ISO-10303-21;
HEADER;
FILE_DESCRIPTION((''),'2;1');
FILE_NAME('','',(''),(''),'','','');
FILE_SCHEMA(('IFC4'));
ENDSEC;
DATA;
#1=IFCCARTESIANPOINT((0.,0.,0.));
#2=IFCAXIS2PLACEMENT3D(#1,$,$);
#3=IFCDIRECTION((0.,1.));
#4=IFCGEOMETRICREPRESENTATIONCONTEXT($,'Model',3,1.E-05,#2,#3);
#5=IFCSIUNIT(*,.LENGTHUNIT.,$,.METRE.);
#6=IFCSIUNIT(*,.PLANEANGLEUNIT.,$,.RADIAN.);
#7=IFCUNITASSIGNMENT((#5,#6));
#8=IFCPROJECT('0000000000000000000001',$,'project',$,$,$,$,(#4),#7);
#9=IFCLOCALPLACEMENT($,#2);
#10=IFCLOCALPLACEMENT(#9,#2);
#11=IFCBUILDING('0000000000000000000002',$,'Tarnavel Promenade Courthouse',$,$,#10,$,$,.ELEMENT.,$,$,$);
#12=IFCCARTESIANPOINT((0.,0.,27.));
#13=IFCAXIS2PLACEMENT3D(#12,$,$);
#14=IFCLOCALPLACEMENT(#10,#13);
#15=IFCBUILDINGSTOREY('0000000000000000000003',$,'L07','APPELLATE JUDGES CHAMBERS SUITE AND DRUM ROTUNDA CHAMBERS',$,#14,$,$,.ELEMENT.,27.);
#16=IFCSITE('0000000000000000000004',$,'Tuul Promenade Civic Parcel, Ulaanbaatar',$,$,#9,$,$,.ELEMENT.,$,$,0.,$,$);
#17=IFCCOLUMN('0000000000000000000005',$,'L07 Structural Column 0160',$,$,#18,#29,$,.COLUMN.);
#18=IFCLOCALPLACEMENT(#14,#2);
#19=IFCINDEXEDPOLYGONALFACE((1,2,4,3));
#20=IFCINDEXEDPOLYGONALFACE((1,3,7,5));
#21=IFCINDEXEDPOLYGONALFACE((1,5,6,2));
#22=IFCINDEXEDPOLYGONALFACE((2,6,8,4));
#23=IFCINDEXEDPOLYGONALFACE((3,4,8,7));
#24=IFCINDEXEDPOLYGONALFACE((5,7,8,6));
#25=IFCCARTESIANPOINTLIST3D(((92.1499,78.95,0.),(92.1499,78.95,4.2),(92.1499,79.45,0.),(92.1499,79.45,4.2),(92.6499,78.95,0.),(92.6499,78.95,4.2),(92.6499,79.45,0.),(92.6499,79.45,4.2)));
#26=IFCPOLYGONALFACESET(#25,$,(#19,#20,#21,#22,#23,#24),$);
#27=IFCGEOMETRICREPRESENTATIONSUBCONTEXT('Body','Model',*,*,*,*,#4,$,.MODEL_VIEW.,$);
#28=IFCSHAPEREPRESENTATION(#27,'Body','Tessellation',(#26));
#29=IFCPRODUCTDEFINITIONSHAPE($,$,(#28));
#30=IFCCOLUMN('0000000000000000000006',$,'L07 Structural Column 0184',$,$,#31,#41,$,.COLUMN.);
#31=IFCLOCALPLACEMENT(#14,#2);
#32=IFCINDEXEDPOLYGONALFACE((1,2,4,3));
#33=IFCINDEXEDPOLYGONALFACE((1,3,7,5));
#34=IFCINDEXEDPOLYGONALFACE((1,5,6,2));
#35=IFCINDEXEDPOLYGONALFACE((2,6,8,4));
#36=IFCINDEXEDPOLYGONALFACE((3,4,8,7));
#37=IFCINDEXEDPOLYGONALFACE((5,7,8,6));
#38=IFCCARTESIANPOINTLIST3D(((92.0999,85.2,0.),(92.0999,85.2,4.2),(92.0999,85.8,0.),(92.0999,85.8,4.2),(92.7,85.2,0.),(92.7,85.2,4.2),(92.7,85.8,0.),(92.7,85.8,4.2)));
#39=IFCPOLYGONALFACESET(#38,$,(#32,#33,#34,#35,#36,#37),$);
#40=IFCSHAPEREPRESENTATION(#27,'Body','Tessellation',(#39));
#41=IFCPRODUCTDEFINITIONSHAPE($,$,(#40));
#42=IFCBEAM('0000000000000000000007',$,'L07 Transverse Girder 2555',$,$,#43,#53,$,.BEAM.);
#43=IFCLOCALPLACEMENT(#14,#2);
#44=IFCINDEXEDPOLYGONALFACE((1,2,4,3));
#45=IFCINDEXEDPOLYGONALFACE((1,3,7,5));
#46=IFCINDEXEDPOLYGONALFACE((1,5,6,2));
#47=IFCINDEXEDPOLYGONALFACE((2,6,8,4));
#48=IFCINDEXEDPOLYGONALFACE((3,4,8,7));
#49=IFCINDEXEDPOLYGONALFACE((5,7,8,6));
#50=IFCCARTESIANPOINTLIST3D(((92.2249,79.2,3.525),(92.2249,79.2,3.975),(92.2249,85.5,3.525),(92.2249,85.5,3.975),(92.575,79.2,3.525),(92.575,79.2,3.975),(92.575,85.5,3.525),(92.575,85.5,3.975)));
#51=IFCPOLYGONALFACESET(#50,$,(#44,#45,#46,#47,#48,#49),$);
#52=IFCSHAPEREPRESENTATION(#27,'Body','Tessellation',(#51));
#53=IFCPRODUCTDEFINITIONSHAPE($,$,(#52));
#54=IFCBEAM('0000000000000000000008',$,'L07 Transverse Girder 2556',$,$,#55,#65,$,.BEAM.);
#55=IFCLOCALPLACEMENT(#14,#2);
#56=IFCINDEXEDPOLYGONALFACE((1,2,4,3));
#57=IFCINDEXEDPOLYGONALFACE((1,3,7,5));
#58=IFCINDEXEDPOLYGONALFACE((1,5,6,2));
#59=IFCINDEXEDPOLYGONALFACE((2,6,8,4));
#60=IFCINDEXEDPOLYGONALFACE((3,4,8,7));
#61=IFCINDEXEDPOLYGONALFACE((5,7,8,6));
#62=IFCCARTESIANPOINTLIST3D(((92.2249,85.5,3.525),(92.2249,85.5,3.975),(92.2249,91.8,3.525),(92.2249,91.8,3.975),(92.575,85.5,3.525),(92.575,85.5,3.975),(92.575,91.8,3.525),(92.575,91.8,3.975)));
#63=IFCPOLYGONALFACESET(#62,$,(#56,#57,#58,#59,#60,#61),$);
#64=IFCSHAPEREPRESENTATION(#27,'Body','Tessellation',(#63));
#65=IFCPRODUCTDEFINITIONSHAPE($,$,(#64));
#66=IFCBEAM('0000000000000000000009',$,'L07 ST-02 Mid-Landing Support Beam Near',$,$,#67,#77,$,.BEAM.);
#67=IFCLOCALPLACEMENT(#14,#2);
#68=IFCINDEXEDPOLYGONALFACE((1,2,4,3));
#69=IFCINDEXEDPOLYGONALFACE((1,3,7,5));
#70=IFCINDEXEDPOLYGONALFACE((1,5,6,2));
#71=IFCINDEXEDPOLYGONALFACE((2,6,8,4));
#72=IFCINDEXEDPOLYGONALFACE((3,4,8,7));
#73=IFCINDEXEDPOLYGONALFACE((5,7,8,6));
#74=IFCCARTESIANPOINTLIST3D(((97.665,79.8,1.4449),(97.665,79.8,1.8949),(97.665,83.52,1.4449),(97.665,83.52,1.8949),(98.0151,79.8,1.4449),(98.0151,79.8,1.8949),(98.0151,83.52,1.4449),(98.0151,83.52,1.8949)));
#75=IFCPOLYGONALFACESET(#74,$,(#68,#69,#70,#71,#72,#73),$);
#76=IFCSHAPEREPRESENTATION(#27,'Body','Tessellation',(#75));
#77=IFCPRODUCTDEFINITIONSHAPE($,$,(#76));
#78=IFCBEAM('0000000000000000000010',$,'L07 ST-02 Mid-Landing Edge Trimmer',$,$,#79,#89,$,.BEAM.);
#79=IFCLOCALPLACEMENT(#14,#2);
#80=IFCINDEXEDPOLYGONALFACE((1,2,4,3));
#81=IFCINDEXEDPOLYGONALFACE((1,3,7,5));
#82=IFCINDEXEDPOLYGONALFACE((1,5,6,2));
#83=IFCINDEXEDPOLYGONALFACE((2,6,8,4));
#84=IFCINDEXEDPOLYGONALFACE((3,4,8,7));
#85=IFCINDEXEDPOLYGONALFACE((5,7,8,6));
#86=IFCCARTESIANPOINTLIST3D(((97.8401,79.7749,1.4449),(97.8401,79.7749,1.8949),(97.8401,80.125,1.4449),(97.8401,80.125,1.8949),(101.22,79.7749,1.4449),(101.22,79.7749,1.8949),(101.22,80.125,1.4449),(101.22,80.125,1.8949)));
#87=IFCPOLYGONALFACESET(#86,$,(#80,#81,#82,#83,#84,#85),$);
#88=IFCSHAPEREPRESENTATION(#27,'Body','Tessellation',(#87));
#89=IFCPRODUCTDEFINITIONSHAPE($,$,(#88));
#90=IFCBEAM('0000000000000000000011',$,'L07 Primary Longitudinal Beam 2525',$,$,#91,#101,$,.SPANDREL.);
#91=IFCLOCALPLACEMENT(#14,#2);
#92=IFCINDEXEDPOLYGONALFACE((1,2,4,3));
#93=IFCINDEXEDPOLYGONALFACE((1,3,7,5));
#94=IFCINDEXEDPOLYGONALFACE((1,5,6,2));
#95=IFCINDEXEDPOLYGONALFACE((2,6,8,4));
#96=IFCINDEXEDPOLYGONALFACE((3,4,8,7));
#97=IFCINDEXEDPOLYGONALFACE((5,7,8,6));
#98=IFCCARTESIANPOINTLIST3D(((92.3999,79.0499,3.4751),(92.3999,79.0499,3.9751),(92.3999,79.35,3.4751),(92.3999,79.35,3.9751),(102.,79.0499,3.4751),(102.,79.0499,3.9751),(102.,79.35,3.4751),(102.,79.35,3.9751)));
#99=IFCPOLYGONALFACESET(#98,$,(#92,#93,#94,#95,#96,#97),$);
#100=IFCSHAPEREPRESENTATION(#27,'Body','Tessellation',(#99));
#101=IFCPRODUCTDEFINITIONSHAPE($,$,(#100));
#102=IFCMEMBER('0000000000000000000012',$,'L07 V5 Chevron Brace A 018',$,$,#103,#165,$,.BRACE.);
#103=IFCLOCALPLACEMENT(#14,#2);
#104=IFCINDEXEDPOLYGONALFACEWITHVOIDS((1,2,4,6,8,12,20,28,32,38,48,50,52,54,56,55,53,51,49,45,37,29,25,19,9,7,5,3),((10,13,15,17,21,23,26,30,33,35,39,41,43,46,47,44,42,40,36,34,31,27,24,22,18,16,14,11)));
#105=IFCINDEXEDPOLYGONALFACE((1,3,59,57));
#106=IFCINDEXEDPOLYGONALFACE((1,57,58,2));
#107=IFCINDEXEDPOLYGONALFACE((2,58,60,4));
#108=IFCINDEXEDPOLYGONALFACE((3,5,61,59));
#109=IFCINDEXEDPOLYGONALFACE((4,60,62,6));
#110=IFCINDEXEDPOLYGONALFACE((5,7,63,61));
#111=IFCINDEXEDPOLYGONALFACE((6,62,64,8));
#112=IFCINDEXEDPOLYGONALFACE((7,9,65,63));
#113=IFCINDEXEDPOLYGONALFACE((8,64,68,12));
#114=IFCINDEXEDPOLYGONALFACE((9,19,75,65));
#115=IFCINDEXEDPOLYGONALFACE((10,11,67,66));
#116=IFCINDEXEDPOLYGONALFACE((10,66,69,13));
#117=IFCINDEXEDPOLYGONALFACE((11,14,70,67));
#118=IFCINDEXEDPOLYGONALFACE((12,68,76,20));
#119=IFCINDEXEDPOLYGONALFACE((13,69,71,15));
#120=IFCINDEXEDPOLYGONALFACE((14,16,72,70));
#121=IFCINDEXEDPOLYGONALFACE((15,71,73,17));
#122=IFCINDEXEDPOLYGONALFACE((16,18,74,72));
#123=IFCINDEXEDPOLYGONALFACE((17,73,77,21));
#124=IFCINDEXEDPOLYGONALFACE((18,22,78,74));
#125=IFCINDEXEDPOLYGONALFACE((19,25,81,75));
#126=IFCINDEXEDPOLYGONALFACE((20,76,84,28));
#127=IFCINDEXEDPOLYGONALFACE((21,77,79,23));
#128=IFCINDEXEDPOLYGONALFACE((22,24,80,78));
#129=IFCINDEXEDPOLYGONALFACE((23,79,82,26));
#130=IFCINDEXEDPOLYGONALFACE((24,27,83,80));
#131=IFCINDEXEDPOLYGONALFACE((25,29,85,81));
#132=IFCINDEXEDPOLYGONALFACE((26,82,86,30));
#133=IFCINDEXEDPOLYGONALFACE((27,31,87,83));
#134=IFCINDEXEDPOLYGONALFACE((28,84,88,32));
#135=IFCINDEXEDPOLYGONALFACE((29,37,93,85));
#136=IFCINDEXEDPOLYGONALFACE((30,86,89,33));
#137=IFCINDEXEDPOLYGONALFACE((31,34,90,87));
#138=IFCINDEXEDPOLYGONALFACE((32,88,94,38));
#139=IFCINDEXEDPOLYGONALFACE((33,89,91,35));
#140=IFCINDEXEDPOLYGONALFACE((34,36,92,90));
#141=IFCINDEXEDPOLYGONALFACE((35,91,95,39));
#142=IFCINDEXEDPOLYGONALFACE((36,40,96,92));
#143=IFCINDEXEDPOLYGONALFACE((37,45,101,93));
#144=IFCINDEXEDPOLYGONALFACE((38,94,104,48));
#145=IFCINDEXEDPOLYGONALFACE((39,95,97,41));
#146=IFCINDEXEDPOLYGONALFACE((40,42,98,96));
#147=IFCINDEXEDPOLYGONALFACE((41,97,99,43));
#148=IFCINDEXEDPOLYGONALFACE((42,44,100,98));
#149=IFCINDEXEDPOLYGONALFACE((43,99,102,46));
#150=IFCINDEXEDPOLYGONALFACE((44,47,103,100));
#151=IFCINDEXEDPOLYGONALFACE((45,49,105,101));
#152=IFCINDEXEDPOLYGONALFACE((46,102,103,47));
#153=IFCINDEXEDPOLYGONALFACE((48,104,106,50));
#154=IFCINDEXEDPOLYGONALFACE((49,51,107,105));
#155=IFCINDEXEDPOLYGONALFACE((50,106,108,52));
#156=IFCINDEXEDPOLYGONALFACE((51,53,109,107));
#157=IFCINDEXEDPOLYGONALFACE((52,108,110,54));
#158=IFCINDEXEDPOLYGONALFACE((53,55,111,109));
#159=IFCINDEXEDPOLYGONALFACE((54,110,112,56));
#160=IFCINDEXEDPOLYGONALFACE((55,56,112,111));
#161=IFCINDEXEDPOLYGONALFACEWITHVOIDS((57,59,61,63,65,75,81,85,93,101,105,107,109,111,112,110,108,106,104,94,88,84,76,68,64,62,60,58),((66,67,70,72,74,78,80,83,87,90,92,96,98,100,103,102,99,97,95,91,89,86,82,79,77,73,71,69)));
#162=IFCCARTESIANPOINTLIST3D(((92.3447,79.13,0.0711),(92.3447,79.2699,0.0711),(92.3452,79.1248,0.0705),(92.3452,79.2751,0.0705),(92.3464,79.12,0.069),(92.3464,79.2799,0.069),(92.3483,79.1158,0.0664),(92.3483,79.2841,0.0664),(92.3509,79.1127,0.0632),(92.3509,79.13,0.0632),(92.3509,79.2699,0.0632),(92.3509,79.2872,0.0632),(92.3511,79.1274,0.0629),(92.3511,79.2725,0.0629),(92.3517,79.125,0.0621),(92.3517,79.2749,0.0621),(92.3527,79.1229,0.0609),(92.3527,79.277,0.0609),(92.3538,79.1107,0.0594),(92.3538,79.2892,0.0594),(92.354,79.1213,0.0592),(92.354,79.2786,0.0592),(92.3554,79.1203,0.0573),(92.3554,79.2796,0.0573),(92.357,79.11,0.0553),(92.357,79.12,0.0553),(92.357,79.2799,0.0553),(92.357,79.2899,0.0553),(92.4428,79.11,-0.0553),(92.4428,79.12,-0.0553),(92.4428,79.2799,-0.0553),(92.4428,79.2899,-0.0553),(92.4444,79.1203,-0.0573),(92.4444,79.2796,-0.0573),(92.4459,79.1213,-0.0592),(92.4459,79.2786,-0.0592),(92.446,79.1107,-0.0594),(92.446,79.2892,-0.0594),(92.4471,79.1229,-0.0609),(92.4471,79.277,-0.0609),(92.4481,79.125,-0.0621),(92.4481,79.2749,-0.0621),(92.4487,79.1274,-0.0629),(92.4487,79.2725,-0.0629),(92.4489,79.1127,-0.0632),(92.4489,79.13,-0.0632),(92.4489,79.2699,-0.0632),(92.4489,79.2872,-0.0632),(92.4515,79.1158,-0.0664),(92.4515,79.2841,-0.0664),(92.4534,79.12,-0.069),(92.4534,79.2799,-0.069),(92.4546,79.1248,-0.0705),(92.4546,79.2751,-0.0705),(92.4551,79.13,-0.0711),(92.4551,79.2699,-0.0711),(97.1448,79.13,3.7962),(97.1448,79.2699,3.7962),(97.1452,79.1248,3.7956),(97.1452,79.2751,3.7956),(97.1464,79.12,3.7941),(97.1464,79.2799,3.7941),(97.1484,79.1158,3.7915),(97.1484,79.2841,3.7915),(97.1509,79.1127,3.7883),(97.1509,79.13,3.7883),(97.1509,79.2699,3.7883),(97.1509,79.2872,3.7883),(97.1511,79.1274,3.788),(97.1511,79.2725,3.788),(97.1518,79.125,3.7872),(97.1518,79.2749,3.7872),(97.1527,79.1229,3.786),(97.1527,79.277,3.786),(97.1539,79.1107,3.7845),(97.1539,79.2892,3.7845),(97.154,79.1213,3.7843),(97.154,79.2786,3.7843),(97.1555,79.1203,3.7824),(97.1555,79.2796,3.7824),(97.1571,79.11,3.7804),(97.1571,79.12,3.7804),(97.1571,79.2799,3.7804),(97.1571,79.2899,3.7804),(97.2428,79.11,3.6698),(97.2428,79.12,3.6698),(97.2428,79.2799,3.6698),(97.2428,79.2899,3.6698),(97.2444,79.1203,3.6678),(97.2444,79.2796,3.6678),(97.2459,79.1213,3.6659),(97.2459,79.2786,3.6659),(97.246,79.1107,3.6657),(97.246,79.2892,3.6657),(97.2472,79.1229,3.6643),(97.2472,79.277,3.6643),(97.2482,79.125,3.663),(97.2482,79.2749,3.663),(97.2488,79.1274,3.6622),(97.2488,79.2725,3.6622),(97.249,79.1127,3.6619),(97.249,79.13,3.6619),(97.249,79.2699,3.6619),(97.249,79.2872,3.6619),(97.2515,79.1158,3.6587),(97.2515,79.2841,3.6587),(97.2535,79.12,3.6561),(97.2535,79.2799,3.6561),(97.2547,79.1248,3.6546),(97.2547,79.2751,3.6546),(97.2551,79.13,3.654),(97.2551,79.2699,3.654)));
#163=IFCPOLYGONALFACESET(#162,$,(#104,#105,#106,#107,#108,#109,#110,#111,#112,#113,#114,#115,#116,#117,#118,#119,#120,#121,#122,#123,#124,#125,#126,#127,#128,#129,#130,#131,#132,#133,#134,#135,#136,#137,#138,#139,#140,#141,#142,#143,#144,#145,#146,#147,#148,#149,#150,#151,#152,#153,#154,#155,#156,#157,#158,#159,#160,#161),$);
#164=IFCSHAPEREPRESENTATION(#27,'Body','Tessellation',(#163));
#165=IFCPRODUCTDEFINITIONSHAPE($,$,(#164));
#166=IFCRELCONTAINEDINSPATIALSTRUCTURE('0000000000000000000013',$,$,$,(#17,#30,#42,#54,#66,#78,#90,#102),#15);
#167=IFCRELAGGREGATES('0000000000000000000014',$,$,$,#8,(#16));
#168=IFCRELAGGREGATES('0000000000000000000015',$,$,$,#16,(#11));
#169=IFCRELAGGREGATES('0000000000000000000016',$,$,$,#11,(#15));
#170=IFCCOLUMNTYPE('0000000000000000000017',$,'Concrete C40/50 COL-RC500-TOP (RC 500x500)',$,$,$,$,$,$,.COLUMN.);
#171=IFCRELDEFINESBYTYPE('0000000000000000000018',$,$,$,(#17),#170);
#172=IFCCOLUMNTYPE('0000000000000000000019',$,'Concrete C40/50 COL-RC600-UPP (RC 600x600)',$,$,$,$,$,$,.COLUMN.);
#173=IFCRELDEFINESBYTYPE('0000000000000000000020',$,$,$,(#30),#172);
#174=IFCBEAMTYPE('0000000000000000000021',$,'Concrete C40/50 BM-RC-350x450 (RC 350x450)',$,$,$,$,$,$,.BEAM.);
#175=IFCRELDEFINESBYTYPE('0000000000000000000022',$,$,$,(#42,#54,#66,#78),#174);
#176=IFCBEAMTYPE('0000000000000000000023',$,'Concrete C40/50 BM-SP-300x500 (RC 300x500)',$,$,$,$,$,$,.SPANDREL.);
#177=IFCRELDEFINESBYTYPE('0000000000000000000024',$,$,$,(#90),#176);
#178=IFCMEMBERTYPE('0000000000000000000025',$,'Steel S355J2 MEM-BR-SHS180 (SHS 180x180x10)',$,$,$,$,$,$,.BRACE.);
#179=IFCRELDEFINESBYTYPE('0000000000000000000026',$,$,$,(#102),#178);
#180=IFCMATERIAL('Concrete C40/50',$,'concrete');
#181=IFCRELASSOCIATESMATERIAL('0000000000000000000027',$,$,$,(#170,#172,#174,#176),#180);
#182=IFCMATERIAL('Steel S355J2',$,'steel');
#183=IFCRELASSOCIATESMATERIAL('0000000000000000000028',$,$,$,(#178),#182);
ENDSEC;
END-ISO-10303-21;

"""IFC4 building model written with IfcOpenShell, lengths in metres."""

from ifc_helpers import new_model, si_unit, direction, frame, origin, origin_2d, place, context, subcontext, project, spatial, rectangle, hollow_rectangle, extrude, material, material_profile, profile_set, type_object, element, save


model = new_model("IFC4")

# Units and contexts
model_context = context("Model", 3, precision=1e-05, world=origin(), true_north=direction((0.0, 1.0)))
body_context = subcontext(model_context, "Body", "Model", "MODEL_VIEW")
ifc_project = project(units=[si_unit("LENGTHUNIT", "METRE"), si_unit("PLANEANGLEUNIT", "RADIAN")], contexts=[model_context])

# Site, building, storey
site_placement = place(None, origin())
site = spatial("IfcSite", under=ifc_project, at=site_placement, Name="Tuul Promenade Civic Parcel, Ulaanbaatar", CompositionType="ELEMENT", RefElevation=0.0)
building_placement = place(site_placement, origin())
building = spatial("IfcBuilding", under=site, at=building_placement, Name="Tarnavel Promenade Courthouse", CompositionType="ELEMENT")
storey_placement = place(building_placement, frame((0.0, 0.0, 27.0)))
storey = spatial("IfcBuildingStorey", under=building, at=storey_placement, Name="L07", Description="APPELLATE JUDGES CHAMBERS SUITE AND DRUM ROTUNDA CHAMBERS", CompositionType="ELEMENT", Elevation=27.0)

# Columns
ifc_material_1 = material(Name="Concrete C40/50", Category="concrete")
ifc_material_profile_1 = material_profile(ifc_material_1, rectangle(XDim=0.5, YDim=0.5, at=origin_2d()), Name="RC 500x500")
ifc_profile_set_1 = profile_set([ifc_material_profile_1], Name="Concrete C40/50")
column_type_1 = type_object("IfcColumnType", Name="Concrete C40/50 COL-RC500-TOP (RC 500x500)", PredefinedType="COLUMN", material=ifc_profile_set_1)
column_1_placement = place(storey_placement, frame((92.3999, 79.2, 0.0), z_axis=(0.0, 0.0, 1.0), x_axis=(1.0, 0.0, 0.0)))
element("IfcColumn", 1, at=column_1_placement, inside=storey, type_object=column_type_1, Name="L07 Structural Column 0160", PredefinedType="COLUMN", context=body_context, shape_type="SweptSolid", body=[
    extrude(rectangle(XDim=0.5, YDim=0.5, at=origin_2d()), origin(), (0.0, 0.0, 1.0), 4.2),
])
ifc_material_profile_2 = material_profile(ifc_material_1, rectangle(XDim=0.6001, YDim=0.6001, at=origin_2d()), Name="RC 600x600")
ifc_profile_set_2 = profile_set([ifc_material_profile_2], Name="Concrete C40/50")
column_type_2 = type_object("IfcColumnType", Name="Concrete C40/50 COL-RC600-UPP (RC 600x600)", PredefinedType="COLUMN", material=ifc_profile_set_2)
column_2_placement = place(storey_placement, frame((92.3999, 85.5, 0.0), z_axis=(0.0, 0.0, 1.0), x_axis=(1.0, 0.0, 0.0)))
element("IfcColumn", 2, at=column_2_placement, inside=storey, type_object=column_type_2, Name="L07 Structural Column 0184", PredefinedType="COLUMN", context=body_context, shape_type="SweptSolid", body=[
    extrude(rectangle(XDim=0.6001, YDim=0.6001, at=origin_2d()), origin(), (0.0, 0.0, 1.0), 4.2),
])

# Beams
ifc_material_profile_3 = material_profile(ifc_material_1, rectangle(XDim=0.3501, YDim=0.45, at=origin_2d()), Name="RC 350x450")
ifc_profile_set_3 = profile_set([ifc_material_profile_3], Name="Concrete C40/50")
beam_type_1 = type_object("IfcBeamType", Name="Concrete C40/50 BM-RC-350x450 (RC 350x450)", PredefinedType="BEAM", material=ifc_profile_set_3)
for number, where, z_axis, x_axis, name in (
    (3, (92.3999, 79.2, 3.75), (0.0, 1.0, 0.0), (-1.0, 0.0, 0.0), "L07 Transverse Girder 2555"),
    (4, (92.3999, 85.5, 3.75), (0.0, 1.0, 0.0), (-1.0, 0.0, 0.0), "L07 Transverse Girder 2556"),
):
    element("IfcBeam", number, at=place(storey_placement, frame(where, z_axis=z_axis, x_axis=x_axis)), inside=storey, type_object=beam_type_1, Name=name, PredefinedType="BEAM", context=body_context, shape_type="SweptSolid", body=[
        extrude(rectangle(XDim=0.3501, YDim=0.45, at=origin_2d()), origin(), (0.0, 0.0, 1.0), 6.3),
    ])
beam_1_placement = place(storey_placement, frame((97.8401, 79.8, 1.6699), z_axis=(0.0, 1.0, 0.0), x_axis=(-1.0, 0.0, 0.0)))
element("IfcBeam", 5, at=beam_1_placement, inside=storey, type_object=beam_type_1, Name="L07 ST-02 Mid-Landing Support Beam Near", PredefinedType="BEAM", context=body_context, shape_type="SweptSolid", body=[
    extrude(rectangle(XDim=0.3501, YDim=0.45, at=origin_2d()), origin(), (0.0, 0.0, 1.0), 3.72),
])
beam_2_placement = place(storey_placement, frame((97.8401, 79.95, 1.6699), z_axis=(1.0, 0.0, 0.0), x_axis=(0.0, 1.0, 0.0)))
element("IfcBeam", 6, at=beam_2_placement, inside=storey, type_object=beam_type_1, Name="L07 ST-02 Mid-Landing Edge Trimmer", PredefinedType="BEAM", context=body_context, shape_type="SweptSolid", body=[
    extrude(rectangle(XDim=0.3501, YDim=0.45, at=origin_2d()), origin(), (0.0, 0.0, 1.0), 3.3799),
])
ifc_material_profile_4 = material_profile(ifc_material_1, rectangle(XDim=0.3, YDim=0.5, at=origin_2d()), Name="RC 300x500")
ifc_profile_set_4 = profile_set([ifc_material_profile_4], Name="Concrete C40/50")
beam_type_2 = type_object("IfcBeamType", Name="Concrete C40/50 BM-SP-300x500 (RC 300x500)", PredefinedType="SPANDREL", material=ifc_profile_set_4)
beam_3_placement = place(storey_placement, frame((92.3999, 79.2, 3.7251), z_axis=(1.0, 0.0, 0.0), x_axis=(0.0, 1.0, 0.0)))
element("IfcBeam", 7, at=beam_3_placement, inside=storey, type_object=beam_type_2, Name="L07 Primary Longitudinal Beam 2525", PredefinedType="SPANDREL", context=body_context, shape_type="SweptSolid", body=[
    extrude(rectangle(XDim=0.3, YDim=0.5, at=origin_2d()), origin(), (0.0, 0.0, 1.0), 9.6001),
])

# Member
ifc_material_2 = material(Name="Steel S355J2", Category="steel")
ifc_material_profile_5 = material_profile(ifc_material_2, hollow_rectangle(XDim=0.1799, YDim=0.1799, WallThickness=0.01, InnerFilletRadius=0.01, OuterFilletRadius=0.02, at=origin_2d()), Name="SHS 180x180x10")
ifc_profile_set_5 = profile_set([ifc_material_profile_5], Name="Steel S355J2")
member_type_1 = type_object("IfcMemberType", Name="Steel S355J2 MEM-BR-SHS180 (SHS 180x180x10)", PredefinedType="BRACE", material=ifc_profile_set_5)
member_1_placement = place(storey_placement, frame((92.3999, 79.2, 0.0), z_axis=(0.790012, 0.0, 0.613092), x_axis=(0.0, 1.0, 0.0)))
element("IfcMember", 8, at=member_1_placement, inside=storey, type_object=member_type_1, Name="L07 V5 Chevron Brace A 018", PredefinedType="BRACE", context=body_context, shape_type="SweptSolid", body=[
    extrude(hollow_rectangle(XDim=0.1799, YDim=0.1799, WallThickness=0.01, InnerFilletRadius=0.01, OuterFilletRadius=0.02, at=origin_2d()), origin(), (0.0, 0.0, 1.0), 6.0759),
])

save(model, "model.ifc")
